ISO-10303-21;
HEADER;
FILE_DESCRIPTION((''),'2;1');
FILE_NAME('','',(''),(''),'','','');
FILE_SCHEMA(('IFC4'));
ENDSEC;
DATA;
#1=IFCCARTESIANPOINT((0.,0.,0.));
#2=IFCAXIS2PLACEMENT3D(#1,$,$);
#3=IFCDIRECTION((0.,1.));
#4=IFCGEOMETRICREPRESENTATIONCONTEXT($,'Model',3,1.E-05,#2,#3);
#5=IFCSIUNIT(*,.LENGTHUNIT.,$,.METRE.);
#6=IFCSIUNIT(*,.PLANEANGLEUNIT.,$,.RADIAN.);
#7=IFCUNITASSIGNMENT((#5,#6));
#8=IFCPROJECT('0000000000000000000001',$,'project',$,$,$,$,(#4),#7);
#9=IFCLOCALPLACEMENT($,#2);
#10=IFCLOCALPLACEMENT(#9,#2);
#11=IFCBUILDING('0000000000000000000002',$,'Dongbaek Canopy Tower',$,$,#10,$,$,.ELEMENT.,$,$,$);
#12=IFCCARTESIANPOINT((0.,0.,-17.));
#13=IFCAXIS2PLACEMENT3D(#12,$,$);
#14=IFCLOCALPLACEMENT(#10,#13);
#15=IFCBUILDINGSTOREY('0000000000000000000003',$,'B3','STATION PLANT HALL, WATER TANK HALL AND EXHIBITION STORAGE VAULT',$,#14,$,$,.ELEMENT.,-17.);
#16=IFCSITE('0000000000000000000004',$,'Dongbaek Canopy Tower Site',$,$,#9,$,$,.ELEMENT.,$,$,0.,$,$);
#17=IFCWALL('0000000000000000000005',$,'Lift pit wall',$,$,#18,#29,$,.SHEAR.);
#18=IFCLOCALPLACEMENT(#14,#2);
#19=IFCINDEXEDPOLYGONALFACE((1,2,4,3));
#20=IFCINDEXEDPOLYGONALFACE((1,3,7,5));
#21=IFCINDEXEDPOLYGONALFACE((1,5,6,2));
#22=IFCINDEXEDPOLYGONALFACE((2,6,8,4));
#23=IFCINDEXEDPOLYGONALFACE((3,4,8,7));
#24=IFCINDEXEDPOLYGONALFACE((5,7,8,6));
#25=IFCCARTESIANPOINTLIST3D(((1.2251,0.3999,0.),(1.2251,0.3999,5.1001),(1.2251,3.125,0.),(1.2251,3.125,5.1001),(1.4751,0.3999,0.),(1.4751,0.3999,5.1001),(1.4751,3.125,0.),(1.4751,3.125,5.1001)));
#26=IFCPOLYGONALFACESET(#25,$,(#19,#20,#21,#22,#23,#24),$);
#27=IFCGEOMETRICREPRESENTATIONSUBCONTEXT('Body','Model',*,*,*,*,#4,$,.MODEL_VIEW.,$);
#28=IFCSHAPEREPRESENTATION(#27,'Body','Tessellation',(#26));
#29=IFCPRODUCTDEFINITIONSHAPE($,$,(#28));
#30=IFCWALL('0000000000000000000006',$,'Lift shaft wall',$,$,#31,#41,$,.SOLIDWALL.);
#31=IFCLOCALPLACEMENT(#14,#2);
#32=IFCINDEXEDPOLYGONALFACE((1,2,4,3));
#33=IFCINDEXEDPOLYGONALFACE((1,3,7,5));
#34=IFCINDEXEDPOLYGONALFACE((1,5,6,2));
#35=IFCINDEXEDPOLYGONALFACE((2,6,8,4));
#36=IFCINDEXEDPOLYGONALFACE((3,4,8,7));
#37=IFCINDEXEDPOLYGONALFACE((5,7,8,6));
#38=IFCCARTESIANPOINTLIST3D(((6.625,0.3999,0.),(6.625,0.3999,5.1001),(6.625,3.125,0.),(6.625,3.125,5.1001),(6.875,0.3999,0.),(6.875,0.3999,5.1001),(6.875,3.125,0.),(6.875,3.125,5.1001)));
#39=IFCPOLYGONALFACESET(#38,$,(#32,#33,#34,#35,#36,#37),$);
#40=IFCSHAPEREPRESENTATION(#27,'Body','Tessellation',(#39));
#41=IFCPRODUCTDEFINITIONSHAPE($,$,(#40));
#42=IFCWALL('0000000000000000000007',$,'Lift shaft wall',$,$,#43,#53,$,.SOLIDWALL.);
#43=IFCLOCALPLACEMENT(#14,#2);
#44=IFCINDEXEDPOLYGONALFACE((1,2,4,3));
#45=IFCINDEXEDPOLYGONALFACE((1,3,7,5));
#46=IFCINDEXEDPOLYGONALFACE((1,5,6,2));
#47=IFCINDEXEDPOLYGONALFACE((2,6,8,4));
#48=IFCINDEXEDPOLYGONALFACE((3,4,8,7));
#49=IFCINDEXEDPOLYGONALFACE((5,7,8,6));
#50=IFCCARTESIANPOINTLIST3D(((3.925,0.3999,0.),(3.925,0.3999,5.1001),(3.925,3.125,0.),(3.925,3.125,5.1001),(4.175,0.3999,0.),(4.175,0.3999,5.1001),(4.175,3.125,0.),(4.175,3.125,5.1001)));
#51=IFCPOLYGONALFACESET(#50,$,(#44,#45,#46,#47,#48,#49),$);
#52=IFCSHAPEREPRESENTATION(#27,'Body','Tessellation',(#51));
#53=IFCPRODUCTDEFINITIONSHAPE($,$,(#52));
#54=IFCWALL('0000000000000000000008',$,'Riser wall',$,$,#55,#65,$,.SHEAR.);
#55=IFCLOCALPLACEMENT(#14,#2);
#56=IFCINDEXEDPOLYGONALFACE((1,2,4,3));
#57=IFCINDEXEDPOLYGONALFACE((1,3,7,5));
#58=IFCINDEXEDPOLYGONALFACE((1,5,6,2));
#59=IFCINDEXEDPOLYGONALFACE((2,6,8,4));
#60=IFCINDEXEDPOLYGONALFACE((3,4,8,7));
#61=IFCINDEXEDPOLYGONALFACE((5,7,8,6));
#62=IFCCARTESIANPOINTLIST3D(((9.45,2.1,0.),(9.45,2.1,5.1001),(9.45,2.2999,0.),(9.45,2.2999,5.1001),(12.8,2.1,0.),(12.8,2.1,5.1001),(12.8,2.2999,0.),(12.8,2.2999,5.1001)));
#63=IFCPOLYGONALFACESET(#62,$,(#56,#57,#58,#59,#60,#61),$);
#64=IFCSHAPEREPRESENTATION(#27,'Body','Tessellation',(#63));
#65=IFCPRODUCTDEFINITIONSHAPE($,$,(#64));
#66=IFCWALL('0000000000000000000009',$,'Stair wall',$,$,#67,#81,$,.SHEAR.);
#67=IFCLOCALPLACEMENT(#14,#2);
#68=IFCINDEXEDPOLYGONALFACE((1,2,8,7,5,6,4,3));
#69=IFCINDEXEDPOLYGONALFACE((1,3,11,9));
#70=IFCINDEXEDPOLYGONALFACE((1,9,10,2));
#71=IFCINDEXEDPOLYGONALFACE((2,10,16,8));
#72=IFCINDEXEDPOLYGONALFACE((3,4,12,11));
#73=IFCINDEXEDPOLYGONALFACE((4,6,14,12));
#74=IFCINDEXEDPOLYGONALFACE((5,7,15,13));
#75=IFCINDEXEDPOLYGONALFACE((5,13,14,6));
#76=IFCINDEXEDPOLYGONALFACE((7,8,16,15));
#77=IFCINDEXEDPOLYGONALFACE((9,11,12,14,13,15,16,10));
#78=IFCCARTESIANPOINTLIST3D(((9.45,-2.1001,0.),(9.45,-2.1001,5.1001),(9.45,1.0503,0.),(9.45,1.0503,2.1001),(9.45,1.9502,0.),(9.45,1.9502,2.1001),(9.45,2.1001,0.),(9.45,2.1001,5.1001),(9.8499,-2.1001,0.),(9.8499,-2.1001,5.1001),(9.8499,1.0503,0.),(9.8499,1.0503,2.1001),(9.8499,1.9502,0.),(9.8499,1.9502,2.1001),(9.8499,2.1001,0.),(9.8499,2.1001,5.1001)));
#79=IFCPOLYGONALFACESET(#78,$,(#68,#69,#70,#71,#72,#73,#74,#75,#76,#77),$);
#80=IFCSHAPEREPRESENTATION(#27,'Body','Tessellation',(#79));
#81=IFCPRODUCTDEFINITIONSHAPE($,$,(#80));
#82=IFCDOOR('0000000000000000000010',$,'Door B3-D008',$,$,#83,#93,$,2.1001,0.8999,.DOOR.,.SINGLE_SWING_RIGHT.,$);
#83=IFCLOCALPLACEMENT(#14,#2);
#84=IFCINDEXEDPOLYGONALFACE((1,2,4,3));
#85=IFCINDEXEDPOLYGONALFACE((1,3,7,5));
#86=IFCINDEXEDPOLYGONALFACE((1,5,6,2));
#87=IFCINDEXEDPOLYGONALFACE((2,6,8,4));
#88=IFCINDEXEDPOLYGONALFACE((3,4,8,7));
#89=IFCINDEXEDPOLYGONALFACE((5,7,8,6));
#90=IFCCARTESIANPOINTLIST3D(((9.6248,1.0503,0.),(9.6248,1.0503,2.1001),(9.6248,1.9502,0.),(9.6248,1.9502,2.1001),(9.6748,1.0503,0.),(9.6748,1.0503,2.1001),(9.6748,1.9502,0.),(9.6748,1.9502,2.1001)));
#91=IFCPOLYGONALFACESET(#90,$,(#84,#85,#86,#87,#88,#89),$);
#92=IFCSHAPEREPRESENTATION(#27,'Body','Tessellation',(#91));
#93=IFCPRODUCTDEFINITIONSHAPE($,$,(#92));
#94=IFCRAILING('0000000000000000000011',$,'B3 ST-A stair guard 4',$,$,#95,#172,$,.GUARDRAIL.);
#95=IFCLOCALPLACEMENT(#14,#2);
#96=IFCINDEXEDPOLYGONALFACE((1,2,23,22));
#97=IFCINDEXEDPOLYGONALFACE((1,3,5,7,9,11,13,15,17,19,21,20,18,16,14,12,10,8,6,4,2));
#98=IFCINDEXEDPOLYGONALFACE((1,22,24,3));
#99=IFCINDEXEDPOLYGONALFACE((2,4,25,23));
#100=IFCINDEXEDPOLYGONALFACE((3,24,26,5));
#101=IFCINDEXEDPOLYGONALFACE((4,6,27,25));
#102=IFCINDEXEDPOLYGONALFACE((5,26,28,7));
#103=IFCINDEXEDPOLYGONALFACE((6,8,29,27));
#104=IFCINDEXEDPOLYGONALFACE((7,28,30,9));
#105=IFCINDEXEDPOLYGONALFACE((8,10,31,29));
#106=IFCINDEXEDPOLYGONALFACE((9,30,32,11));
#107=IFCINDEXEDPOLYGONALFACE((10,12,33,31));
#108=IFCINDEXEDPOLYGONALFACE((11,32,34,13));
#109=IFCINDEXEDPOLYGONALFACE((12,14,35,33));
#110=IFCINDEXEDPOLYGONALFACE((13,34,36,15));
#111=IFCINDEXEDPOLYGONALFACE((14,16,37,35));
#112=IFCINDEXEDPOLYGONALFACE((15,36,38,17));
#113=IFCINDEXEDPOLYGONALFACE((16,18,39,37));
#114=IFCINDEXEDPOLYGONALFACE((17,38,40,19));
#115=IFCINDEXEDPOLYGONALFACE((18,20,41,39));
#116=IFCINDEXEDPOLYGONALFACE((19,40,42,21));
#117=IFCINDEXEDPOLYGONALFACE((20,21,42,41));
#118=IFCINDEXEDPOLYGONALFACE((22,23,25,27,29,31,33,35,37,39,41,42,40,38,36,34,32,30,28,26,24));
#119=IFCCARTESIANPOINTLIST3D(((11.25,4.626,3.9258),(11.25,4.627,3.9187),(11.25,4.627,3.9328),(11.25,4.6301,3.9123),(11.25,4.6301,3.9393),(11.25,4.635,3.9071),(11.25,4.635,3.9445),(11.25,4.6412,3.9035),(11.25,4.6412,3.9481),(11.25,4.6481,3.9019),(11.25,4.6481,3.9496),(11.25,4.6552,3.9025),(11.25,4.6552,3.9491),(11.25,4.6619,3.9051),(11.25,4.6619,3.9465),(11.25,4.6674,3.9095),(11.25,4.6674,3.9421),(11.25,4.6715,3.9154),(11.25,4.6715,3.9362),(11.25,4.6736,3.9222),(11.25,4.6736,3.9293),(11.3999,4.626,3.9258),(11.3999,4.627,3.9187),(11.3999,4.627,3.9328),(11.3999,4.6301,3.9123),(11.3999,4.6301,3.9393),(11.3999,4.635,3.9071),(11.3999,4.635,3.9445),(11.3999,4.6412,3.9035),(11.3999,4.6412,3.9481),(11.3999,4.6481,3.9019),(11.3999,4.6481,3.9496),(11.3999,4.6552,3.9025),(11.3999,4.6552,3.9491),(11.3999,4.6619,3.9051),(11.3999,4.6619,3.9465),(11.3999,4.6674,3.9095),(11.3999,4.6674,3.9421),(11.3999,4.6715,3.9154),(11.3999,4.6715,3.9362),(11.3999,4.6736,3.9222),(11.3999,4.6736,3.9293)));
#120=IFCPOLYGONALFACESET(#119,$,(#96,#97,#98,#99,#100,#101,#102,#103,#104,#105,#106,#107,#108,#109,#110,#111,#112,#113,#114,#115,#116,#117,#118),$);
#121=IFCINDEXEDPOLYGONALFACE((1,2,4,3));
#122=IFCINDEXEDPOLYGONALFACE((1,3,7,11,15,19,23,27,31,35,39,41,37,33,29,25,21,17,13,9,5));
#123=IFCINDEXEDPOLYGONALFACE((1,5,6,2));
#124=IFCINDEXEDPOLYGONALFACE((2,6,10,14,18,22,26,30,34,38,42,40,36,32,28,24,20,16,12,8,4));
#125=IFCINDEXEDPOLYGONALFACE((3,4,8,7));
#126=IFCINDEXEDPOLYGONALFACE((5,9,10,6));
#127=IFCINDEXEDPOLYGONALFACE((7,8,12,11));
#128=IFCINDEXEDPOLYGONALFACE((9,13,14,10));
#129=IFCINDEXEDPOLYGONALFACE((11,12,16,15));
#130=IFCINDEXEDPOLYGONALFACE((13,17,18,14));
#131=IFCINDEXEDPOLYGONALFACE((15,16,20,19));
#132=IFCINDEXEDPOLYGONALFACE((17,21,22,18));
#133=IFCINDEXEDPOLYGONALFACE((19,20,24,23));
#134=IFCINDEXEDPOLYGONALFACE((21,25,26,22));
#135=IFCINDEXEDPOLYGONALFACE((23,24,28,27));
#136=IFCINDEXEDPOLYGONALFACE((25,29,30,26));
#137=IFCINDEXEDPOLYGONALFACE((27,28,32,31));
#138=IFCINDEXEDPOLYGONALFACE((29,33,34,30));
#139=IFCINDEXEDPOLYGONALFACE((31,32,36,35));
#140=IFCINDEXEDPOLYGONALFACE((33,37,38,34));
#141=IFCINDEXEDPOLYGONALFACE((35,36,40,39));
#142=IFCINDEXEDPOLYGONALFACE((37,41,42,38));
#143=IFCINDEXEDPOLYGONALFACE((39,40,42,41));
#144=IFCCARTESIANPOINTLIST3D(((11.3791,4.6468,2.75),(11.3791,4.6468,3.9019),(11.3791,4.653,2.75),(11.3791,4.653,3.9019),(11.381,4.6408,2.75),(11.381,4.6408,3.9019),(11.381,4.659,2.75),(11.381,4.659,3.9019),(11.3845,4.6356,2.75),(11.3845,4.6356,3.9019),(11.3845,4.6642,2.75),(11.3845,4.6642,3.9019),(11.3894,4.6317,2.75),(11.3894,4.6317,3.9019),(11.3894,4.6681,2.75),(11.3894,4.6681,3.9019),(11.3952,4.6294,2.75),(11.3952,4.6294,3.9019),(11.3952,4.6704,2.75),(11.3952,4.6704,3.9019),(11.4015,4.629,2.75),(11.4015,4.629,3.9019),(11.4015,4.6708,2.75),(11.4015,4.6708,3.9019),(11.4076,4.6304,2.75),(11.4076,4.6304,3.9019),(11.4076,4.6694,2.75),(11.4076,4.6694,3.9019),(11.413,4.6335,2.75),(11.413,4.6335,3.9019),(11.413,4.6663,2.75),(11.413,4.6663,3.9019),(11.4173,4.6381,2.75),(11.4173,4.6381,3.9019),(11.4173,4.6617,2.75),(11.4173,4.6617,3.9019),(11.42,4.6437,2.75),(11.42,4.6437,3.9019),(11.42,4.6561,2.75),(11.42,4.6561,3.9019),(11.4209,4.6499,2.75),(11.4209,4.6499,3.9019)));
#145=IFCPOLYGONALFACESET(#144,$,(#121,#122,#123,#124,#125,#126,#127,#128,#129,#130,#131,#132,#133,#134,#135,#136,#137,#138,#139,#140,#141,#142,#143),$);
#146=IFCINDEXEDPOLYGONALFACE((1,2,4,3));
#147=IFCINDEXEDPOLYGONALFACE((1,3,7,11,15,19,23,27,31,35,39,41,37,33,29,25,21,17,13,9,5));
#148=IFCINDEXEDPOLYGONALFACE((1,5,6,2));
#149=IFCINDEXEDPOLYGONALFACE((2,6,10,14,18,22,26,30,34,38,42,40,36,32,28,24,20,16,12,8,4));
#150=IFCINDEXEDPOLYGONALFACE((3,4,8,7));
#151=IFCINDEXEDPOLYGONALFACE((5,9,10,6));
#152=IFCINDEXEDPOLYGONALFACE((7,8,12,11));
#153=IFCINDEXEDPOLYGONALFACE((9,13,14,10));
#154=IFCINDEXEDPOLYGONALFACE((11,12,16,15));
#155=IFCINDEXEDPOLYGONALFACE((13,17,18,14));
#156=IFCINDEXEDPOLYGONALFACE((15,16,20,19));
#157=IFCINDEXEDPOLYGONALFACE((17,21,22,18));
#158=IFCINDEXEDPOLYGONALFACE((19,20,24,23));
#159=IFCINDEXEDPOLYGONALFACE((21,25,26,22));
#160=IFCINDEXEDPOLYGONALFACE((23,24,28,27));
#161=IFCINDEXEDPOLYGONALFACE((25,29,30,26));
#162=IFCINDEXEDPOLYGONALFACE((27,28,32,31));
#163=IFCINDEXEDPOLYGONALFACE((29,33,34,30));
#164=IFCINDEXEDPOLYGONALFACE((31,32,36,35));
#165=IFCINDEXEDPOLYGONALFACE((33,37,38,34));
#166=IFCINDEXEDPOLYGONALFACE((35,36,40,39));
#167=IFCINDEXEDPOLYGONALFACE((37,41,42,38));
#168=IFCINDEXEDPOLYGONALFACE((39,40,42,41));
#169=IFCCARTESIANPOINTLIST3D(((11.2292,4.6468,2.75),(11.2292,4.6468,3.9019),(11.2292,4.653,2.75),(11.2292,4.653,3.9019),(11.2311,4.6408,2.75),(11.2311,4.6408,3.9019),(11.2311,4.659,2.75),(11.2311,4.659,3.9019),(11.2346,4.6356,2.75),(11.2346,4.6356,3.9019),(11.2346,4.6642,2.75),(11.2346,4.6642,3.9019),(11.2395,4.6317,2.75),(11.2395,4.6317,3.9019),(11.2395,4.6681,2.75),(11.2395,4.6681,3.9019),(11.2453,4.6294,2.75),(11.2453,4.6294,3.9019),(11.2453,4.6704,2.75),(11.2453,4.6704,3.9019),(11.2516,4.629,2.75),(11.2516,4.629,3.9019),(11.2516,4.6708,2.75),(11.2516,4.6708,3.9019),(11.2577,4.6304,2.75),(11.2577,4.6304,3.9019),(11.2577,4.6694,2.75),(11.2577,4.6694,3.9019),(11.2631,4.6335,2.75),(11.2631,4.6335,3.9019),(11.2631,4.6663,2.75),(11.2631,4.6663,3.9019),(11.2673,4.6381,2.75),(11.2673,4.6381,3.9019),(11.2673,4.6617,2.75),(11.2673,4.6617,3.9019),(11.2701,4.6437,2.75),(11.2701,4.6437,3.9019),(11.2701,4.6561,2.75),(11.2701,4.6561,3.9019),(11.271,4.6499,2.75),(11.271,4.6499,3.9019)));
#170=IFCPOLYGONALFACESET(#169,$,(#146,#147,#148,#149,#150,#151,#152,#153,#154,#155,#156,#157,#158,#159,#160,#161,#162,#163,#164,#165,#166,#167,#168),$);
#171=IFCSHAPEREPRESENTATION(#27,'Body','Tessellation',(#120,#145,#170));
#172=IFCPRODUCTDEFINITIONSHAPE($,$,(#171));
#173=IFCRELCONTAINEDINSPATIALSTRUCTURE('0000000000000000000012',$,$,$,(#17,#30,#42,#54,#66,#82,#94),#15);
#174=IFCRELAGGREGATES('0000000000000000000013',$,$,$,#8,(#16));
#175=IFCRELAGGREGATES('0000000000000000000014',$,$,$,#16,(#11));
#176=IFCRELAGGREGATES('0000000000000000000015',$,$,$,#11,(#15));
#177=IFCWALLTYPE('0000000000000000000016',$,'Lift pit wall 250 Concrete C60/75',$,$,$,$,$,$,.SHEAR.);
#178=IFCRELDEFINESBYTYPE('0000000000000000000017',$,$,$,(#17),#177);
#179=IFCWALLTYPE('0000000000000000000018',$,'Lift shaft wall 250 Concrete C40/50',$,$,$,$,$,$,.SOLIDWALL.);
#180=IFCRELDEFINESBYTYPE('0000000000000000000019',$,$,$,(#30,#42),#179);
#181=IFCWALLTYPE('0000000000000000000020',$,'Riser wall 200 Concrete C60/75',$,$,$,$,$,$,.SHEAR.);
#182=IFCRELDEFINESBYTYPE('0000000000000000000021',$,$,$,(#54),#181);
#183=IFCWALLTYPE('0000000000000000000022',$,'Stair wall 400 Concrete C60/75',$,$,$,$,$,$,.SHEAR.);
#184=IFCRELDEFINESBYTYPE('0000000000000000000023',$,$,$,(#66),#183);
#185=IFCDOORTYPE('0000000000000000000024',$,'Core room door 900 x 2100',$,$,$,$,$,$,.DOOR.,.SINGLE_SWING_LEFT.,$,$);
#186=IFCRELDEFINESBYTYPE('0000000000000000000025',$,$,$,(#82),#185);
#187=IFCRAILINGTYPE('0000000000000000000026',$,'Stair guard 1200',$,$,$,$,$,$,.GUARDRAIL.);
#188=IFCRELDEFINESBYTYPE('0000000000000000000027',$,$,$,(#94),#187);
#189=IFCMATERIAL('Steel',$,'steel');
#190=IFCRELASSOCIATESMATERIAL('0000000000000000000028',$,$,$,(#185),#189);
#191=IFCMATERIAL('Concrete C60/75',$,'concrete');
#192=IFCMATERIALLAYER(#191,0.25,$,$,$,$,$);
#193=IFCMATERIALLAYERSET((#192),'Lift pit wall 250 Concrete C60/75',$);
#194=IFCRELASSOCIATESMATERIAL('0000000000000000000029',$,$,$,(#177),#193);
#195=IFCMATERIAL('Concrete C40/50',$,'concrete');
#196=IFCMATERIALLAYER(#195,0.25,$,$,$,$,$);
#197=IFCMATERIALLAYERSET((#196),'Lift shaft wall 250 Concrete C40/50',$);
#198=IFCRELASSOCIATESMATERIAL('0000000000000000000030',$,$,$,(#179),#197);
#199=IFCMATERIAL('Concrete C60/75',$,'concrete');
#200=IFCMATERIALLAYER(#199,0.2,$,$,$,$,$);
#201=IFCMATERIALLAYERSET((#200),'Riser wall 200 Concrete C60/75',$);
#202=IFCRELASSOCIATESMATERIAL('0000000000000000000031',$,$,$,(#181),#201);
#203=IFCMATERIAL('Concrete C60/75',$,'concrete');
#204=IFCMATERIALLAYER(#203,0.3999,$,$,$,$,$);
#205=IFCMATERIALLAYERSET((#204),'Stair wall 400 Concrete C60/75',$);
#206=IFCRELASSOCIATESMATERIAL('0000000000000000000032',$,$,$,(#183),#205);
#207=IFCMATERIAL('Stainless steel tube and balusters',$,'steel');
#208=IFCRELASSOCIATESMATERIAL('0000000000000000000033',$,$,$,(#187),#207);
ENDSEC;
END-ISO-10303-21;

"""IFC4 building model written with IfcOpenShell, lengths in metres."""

from ifc_helpers import new_model, si_unit, direction, frame, frame_2d, origin, origin_2d, place, context, subcontext, project, spatial, rectangle, circle, extrude, material, layer, layer_set, type_object, element, fill, save


model = new_model("IFC4")

# Units and contexts
model_context = context("Model", 3, precision=1e-05, world=origin(), true_north=direction((0.0, 1.0)))
body_context = subcontext(model_context, "Body", "Model", "MODEL_VIEW")
ifc_project = project(units=[si_unit("LENGTHUNIT", "METRE"), si_unit("PLANEANGLEUNIT", "RADIAN")], contexts=[model_context])

# Site, building, storey
site_placement = place(None, origin())
site = spatial("IfcSite", under=ifc_project, at=site_placement, Name="Dongbaek Canopy Tower Site", CompositionType="ELEMENT", RefElevation=0.0)
building_placement = place(site_placement, origin())
building = spatial("IfcBuilding", under=site, at=building_placement, Name="Dongbaek Canopy Tower", CompositionType="ELEMENT")
storey_placement = place(building_placement, frame((0.0, 0.0, -17.0)))
storey = spatial("IfcBuildingStorey", under=building, at=storey_placement, Name="B3", Description="STATION PLANT HALL, WATER TANK HALL AND EXHIBITION STORAGE VAULT", CompositionType="ELEMENT", Elevation=-17.0)

# Shared definitions
ifc_material_1 = material(Name="Steel", Category="steel")
door_type_1 = type_object("IfcDoorType", Name="Core room door 900 x 2100", OperationType="SINGLE_SWING_LEFT", PredefinedType="DOOR", material=ifc_material_1)

# Walls
ifc_material_2 = material(Name="Concrete C60/75", Category="concrete")
ifc_layer_1 = layer(ifc_material_2, 0.25)
ifc_layer_set_1 = layer_set([ifc_layer_1], Name="Lift pit wall 250 Concrete C60/75")
wall_type_1 = type_object("IfcWallType", Name="Lift pit wall 250 Concrete C60/75", PredefinedType="SHEAR", material=ifc_layer_set_1)
wall_1_placement = place(storey_placement, frame((1.3501, 0.3999, 0.0), z_axis=(0.0, 0.0, 1.0), x_axis=(0.0, 1.0, 0.0)))
element("IfcWall", 1, at=wall_1_placement, inside=storey, type_object=wall_type_1, Name="Lift pit wall", PredefinedType="SHEAR", context=body_context, shape_type="SweptSolid", body=[
    extrude(rectangle(XDim=2.7251, YDim=0.25, at=frame_2d((1.3625, 0.0))), origin(), (0.0, 0.0, 1.0), 5.1001),
])
ifc_material_3 = material(Name="Concrete C40/50", Category="concrete")
ifc_layer_2 = layer(ifc_material_3, 0.25)
ifc_layer_set_2 = layer_set([ifc_layer_2], Name="Lift shaft wall 250 Concrete C40/50")
wall_type_2 = type_object("IfcWallType", Name="Lift shaft wall 250 Concrete C40/50", PredefinedType="SOLIDWALL", material=ifc_layer_set_2)
for number, where, z_axis, x_axis, name in (
    (2, (6.75, 0.3999, 0.0), (0.0, 0.0, 1.0), (0.0, 1.0, 0.0), "Lift shaft wall"),
    (3, (4.05, 0.3999, 0.0), (0.0, 0.0, 1.0), (0.0, 1.0, 0.0), "Lift shaft wall"),
):
    element("IfcWall", number, at=place(storey_placement, frame(where, z_axis=z_axis, x_axis=x_axis)), inside=storey, type_object=wall_type_2, Name=name, PredefinedType="SOLIDWALL", context=body_context, shape_type="SweptSolid", body=[
        extrude(rectangle(XDim=2.7251, YDim=0.25, at=frame_2d((1.3625, 0.0))), origin(), (0.0, 0.0, 1.0), 5.1001),
    ])
ifc_material_4 = material(Name="Concrete C60/75", Category="concrete")
ifc_layer_3 = layer(ifc_material_4, 0.2)
ifc_layer_set_3 = layer_set([ifc_layer_3], Name="Riser wall 200 Concrete C60/75")
wall_type_3 = type_object("IfcWallType", Name="Riser wall 200 Concrete C60/75", PredefinedType="SHEAR", material=ifc_layer_set_3)
wall_2_placement = place(storey_placement, frame((9.45, 2.2, 0.0), z_axis=(0.0, 0.0, 1.0), x_axis=(1.0, 0.0, 0.0)))
element("IfcWall", 4, at=wall_2_placement, inside=storey, type_object=wall_type_3, Name="Riser wall", PredefinedType="SHEAR", context=body_context, shape_type="SweptSolid", body=[
    extrude(rectangle(XDim=3.3501, YDim=0.2, at=frame_2d((1.675, 0.0))), origin(), (0.0, 0.0, 1.0), 5.1001),
])

# Wall, opening, door
ifc_material_5 = material(Name="Concrete C60/75", Category="concrete")
ifc_layer_4 = layer(ifc_material_5, 0.3999)
ifc_layer_set_4 = layer_set([ifc_layer_4], Name="Stair wall 400 Concrete C60/75")
wall_type_4 = type_object("IfcWallType", Name="Stair wall 400 Concrete C60/75", PredefinedType="SHEAR", material=ifc_layer_set_4)
wall_3_placement = place(storey_placement, frame((9.6499, 2.1001, 0.0), z_axis=(0.0, 0.0, 1.0), x_axis=(0.0, -1.0, 0.0)))
wall_3 = element("IfcWall", 5, at=wall_3_placement, inside=storey, type_object=wall_type_4, Name="Stair wall", PredefinedType="SHEAR", context=body_context, shape_type="SweptSolid", body=[
    extrude(rectangle(XDim=4.2002, YDim=0.3999, at=frame_2d((2.1001, 0.0))), origin(), (0.0, 0.0, 1.0), 5.1001),
])
opening_1_placement = place(wall_3_placement, frame((0.1499, 0.0, 0.0)))
opening_1 = element("IfcOpeningElement", 6, at=opening_1_placement, cuts=wall_3, PredefinedType="OPENING", context=body_context, shape_type="SweptSolid", body=[
    extrude(rectangle(XDim=0.8999, YDim=2.1001, at=frame_2d((0.45, 1.05))), frame((0.0, 0.21, 0.0), z_axis=(0.0, -1.0, 0.0), x_axis=(1.0, 0.0, 0.0)), (0.0, 0.0, 1.0), 0.4199),
])
door_1_placement = place(opening_1_placement, origin())
door_1 = element("IfcDoor", 7, at=door_1_placement, inside=storey, type_object=door_type_1, Name="Door B3-D008", OperationType="SINGLE_SWING_RIGHT", OverallHeight=2.1001, OverallWidth=0.8999, PredefinedType="DOOR", context=body_context, shape_type="SweptSolid", body=[
    extrude(rectangle(XDim=0.8999, YDim=2.1001, at=frame_2d((0.45, 1.05))), frame((0.0, 0.0249, 0.0), z_axis=(0.0, -1.0, 0.0), x_axis=(1.0, 0.0, 0.0)), (0.0, 0.0, 1.0), 0.05),
])
fill(opening_1, door_1)

# Railing
ifc_material_6 = material(Name="Stainless steel tube and balusters", Category="steel")
railing_type = type_object("IfcRailingType", Name="Stair guard 1200", PredefinedType="GUARDRAIL", material=ifc_material_6)
railing_placement = place(storey_placement, frame((11.3999, 4.6499, 2.75)))
element("IfcRailing", 8, at=railing_placement, inside=storey, type_object=railing_type, Name="B3 ST-A stair guard 4", PredefinedType="GUARDRAIL", context=body_context, shape_type="SweptSolid", body=[
    extrude(circle(Radius=0.0239, at=origin_2d()), frame((0.0, 0.0, 1.1758), z_axis=(-1.0, 0.0, 0.0), x_axis=(0.0, -1.0, 0.0)), (0.0, 0.0, 1.0), 0.1499),
    extrude(circle(Radius=0.021, at=origin_2d()), origin(), (0.0, 0.0, 1.0), 1.1519),
    extrude(circle(Radius=0.021, at=origin_2d()), frame((-0.1499, 0.0, 0.0)), (0.0, 0.0, 1.0), 1.1519),
])

save(model, "model.ifc")
